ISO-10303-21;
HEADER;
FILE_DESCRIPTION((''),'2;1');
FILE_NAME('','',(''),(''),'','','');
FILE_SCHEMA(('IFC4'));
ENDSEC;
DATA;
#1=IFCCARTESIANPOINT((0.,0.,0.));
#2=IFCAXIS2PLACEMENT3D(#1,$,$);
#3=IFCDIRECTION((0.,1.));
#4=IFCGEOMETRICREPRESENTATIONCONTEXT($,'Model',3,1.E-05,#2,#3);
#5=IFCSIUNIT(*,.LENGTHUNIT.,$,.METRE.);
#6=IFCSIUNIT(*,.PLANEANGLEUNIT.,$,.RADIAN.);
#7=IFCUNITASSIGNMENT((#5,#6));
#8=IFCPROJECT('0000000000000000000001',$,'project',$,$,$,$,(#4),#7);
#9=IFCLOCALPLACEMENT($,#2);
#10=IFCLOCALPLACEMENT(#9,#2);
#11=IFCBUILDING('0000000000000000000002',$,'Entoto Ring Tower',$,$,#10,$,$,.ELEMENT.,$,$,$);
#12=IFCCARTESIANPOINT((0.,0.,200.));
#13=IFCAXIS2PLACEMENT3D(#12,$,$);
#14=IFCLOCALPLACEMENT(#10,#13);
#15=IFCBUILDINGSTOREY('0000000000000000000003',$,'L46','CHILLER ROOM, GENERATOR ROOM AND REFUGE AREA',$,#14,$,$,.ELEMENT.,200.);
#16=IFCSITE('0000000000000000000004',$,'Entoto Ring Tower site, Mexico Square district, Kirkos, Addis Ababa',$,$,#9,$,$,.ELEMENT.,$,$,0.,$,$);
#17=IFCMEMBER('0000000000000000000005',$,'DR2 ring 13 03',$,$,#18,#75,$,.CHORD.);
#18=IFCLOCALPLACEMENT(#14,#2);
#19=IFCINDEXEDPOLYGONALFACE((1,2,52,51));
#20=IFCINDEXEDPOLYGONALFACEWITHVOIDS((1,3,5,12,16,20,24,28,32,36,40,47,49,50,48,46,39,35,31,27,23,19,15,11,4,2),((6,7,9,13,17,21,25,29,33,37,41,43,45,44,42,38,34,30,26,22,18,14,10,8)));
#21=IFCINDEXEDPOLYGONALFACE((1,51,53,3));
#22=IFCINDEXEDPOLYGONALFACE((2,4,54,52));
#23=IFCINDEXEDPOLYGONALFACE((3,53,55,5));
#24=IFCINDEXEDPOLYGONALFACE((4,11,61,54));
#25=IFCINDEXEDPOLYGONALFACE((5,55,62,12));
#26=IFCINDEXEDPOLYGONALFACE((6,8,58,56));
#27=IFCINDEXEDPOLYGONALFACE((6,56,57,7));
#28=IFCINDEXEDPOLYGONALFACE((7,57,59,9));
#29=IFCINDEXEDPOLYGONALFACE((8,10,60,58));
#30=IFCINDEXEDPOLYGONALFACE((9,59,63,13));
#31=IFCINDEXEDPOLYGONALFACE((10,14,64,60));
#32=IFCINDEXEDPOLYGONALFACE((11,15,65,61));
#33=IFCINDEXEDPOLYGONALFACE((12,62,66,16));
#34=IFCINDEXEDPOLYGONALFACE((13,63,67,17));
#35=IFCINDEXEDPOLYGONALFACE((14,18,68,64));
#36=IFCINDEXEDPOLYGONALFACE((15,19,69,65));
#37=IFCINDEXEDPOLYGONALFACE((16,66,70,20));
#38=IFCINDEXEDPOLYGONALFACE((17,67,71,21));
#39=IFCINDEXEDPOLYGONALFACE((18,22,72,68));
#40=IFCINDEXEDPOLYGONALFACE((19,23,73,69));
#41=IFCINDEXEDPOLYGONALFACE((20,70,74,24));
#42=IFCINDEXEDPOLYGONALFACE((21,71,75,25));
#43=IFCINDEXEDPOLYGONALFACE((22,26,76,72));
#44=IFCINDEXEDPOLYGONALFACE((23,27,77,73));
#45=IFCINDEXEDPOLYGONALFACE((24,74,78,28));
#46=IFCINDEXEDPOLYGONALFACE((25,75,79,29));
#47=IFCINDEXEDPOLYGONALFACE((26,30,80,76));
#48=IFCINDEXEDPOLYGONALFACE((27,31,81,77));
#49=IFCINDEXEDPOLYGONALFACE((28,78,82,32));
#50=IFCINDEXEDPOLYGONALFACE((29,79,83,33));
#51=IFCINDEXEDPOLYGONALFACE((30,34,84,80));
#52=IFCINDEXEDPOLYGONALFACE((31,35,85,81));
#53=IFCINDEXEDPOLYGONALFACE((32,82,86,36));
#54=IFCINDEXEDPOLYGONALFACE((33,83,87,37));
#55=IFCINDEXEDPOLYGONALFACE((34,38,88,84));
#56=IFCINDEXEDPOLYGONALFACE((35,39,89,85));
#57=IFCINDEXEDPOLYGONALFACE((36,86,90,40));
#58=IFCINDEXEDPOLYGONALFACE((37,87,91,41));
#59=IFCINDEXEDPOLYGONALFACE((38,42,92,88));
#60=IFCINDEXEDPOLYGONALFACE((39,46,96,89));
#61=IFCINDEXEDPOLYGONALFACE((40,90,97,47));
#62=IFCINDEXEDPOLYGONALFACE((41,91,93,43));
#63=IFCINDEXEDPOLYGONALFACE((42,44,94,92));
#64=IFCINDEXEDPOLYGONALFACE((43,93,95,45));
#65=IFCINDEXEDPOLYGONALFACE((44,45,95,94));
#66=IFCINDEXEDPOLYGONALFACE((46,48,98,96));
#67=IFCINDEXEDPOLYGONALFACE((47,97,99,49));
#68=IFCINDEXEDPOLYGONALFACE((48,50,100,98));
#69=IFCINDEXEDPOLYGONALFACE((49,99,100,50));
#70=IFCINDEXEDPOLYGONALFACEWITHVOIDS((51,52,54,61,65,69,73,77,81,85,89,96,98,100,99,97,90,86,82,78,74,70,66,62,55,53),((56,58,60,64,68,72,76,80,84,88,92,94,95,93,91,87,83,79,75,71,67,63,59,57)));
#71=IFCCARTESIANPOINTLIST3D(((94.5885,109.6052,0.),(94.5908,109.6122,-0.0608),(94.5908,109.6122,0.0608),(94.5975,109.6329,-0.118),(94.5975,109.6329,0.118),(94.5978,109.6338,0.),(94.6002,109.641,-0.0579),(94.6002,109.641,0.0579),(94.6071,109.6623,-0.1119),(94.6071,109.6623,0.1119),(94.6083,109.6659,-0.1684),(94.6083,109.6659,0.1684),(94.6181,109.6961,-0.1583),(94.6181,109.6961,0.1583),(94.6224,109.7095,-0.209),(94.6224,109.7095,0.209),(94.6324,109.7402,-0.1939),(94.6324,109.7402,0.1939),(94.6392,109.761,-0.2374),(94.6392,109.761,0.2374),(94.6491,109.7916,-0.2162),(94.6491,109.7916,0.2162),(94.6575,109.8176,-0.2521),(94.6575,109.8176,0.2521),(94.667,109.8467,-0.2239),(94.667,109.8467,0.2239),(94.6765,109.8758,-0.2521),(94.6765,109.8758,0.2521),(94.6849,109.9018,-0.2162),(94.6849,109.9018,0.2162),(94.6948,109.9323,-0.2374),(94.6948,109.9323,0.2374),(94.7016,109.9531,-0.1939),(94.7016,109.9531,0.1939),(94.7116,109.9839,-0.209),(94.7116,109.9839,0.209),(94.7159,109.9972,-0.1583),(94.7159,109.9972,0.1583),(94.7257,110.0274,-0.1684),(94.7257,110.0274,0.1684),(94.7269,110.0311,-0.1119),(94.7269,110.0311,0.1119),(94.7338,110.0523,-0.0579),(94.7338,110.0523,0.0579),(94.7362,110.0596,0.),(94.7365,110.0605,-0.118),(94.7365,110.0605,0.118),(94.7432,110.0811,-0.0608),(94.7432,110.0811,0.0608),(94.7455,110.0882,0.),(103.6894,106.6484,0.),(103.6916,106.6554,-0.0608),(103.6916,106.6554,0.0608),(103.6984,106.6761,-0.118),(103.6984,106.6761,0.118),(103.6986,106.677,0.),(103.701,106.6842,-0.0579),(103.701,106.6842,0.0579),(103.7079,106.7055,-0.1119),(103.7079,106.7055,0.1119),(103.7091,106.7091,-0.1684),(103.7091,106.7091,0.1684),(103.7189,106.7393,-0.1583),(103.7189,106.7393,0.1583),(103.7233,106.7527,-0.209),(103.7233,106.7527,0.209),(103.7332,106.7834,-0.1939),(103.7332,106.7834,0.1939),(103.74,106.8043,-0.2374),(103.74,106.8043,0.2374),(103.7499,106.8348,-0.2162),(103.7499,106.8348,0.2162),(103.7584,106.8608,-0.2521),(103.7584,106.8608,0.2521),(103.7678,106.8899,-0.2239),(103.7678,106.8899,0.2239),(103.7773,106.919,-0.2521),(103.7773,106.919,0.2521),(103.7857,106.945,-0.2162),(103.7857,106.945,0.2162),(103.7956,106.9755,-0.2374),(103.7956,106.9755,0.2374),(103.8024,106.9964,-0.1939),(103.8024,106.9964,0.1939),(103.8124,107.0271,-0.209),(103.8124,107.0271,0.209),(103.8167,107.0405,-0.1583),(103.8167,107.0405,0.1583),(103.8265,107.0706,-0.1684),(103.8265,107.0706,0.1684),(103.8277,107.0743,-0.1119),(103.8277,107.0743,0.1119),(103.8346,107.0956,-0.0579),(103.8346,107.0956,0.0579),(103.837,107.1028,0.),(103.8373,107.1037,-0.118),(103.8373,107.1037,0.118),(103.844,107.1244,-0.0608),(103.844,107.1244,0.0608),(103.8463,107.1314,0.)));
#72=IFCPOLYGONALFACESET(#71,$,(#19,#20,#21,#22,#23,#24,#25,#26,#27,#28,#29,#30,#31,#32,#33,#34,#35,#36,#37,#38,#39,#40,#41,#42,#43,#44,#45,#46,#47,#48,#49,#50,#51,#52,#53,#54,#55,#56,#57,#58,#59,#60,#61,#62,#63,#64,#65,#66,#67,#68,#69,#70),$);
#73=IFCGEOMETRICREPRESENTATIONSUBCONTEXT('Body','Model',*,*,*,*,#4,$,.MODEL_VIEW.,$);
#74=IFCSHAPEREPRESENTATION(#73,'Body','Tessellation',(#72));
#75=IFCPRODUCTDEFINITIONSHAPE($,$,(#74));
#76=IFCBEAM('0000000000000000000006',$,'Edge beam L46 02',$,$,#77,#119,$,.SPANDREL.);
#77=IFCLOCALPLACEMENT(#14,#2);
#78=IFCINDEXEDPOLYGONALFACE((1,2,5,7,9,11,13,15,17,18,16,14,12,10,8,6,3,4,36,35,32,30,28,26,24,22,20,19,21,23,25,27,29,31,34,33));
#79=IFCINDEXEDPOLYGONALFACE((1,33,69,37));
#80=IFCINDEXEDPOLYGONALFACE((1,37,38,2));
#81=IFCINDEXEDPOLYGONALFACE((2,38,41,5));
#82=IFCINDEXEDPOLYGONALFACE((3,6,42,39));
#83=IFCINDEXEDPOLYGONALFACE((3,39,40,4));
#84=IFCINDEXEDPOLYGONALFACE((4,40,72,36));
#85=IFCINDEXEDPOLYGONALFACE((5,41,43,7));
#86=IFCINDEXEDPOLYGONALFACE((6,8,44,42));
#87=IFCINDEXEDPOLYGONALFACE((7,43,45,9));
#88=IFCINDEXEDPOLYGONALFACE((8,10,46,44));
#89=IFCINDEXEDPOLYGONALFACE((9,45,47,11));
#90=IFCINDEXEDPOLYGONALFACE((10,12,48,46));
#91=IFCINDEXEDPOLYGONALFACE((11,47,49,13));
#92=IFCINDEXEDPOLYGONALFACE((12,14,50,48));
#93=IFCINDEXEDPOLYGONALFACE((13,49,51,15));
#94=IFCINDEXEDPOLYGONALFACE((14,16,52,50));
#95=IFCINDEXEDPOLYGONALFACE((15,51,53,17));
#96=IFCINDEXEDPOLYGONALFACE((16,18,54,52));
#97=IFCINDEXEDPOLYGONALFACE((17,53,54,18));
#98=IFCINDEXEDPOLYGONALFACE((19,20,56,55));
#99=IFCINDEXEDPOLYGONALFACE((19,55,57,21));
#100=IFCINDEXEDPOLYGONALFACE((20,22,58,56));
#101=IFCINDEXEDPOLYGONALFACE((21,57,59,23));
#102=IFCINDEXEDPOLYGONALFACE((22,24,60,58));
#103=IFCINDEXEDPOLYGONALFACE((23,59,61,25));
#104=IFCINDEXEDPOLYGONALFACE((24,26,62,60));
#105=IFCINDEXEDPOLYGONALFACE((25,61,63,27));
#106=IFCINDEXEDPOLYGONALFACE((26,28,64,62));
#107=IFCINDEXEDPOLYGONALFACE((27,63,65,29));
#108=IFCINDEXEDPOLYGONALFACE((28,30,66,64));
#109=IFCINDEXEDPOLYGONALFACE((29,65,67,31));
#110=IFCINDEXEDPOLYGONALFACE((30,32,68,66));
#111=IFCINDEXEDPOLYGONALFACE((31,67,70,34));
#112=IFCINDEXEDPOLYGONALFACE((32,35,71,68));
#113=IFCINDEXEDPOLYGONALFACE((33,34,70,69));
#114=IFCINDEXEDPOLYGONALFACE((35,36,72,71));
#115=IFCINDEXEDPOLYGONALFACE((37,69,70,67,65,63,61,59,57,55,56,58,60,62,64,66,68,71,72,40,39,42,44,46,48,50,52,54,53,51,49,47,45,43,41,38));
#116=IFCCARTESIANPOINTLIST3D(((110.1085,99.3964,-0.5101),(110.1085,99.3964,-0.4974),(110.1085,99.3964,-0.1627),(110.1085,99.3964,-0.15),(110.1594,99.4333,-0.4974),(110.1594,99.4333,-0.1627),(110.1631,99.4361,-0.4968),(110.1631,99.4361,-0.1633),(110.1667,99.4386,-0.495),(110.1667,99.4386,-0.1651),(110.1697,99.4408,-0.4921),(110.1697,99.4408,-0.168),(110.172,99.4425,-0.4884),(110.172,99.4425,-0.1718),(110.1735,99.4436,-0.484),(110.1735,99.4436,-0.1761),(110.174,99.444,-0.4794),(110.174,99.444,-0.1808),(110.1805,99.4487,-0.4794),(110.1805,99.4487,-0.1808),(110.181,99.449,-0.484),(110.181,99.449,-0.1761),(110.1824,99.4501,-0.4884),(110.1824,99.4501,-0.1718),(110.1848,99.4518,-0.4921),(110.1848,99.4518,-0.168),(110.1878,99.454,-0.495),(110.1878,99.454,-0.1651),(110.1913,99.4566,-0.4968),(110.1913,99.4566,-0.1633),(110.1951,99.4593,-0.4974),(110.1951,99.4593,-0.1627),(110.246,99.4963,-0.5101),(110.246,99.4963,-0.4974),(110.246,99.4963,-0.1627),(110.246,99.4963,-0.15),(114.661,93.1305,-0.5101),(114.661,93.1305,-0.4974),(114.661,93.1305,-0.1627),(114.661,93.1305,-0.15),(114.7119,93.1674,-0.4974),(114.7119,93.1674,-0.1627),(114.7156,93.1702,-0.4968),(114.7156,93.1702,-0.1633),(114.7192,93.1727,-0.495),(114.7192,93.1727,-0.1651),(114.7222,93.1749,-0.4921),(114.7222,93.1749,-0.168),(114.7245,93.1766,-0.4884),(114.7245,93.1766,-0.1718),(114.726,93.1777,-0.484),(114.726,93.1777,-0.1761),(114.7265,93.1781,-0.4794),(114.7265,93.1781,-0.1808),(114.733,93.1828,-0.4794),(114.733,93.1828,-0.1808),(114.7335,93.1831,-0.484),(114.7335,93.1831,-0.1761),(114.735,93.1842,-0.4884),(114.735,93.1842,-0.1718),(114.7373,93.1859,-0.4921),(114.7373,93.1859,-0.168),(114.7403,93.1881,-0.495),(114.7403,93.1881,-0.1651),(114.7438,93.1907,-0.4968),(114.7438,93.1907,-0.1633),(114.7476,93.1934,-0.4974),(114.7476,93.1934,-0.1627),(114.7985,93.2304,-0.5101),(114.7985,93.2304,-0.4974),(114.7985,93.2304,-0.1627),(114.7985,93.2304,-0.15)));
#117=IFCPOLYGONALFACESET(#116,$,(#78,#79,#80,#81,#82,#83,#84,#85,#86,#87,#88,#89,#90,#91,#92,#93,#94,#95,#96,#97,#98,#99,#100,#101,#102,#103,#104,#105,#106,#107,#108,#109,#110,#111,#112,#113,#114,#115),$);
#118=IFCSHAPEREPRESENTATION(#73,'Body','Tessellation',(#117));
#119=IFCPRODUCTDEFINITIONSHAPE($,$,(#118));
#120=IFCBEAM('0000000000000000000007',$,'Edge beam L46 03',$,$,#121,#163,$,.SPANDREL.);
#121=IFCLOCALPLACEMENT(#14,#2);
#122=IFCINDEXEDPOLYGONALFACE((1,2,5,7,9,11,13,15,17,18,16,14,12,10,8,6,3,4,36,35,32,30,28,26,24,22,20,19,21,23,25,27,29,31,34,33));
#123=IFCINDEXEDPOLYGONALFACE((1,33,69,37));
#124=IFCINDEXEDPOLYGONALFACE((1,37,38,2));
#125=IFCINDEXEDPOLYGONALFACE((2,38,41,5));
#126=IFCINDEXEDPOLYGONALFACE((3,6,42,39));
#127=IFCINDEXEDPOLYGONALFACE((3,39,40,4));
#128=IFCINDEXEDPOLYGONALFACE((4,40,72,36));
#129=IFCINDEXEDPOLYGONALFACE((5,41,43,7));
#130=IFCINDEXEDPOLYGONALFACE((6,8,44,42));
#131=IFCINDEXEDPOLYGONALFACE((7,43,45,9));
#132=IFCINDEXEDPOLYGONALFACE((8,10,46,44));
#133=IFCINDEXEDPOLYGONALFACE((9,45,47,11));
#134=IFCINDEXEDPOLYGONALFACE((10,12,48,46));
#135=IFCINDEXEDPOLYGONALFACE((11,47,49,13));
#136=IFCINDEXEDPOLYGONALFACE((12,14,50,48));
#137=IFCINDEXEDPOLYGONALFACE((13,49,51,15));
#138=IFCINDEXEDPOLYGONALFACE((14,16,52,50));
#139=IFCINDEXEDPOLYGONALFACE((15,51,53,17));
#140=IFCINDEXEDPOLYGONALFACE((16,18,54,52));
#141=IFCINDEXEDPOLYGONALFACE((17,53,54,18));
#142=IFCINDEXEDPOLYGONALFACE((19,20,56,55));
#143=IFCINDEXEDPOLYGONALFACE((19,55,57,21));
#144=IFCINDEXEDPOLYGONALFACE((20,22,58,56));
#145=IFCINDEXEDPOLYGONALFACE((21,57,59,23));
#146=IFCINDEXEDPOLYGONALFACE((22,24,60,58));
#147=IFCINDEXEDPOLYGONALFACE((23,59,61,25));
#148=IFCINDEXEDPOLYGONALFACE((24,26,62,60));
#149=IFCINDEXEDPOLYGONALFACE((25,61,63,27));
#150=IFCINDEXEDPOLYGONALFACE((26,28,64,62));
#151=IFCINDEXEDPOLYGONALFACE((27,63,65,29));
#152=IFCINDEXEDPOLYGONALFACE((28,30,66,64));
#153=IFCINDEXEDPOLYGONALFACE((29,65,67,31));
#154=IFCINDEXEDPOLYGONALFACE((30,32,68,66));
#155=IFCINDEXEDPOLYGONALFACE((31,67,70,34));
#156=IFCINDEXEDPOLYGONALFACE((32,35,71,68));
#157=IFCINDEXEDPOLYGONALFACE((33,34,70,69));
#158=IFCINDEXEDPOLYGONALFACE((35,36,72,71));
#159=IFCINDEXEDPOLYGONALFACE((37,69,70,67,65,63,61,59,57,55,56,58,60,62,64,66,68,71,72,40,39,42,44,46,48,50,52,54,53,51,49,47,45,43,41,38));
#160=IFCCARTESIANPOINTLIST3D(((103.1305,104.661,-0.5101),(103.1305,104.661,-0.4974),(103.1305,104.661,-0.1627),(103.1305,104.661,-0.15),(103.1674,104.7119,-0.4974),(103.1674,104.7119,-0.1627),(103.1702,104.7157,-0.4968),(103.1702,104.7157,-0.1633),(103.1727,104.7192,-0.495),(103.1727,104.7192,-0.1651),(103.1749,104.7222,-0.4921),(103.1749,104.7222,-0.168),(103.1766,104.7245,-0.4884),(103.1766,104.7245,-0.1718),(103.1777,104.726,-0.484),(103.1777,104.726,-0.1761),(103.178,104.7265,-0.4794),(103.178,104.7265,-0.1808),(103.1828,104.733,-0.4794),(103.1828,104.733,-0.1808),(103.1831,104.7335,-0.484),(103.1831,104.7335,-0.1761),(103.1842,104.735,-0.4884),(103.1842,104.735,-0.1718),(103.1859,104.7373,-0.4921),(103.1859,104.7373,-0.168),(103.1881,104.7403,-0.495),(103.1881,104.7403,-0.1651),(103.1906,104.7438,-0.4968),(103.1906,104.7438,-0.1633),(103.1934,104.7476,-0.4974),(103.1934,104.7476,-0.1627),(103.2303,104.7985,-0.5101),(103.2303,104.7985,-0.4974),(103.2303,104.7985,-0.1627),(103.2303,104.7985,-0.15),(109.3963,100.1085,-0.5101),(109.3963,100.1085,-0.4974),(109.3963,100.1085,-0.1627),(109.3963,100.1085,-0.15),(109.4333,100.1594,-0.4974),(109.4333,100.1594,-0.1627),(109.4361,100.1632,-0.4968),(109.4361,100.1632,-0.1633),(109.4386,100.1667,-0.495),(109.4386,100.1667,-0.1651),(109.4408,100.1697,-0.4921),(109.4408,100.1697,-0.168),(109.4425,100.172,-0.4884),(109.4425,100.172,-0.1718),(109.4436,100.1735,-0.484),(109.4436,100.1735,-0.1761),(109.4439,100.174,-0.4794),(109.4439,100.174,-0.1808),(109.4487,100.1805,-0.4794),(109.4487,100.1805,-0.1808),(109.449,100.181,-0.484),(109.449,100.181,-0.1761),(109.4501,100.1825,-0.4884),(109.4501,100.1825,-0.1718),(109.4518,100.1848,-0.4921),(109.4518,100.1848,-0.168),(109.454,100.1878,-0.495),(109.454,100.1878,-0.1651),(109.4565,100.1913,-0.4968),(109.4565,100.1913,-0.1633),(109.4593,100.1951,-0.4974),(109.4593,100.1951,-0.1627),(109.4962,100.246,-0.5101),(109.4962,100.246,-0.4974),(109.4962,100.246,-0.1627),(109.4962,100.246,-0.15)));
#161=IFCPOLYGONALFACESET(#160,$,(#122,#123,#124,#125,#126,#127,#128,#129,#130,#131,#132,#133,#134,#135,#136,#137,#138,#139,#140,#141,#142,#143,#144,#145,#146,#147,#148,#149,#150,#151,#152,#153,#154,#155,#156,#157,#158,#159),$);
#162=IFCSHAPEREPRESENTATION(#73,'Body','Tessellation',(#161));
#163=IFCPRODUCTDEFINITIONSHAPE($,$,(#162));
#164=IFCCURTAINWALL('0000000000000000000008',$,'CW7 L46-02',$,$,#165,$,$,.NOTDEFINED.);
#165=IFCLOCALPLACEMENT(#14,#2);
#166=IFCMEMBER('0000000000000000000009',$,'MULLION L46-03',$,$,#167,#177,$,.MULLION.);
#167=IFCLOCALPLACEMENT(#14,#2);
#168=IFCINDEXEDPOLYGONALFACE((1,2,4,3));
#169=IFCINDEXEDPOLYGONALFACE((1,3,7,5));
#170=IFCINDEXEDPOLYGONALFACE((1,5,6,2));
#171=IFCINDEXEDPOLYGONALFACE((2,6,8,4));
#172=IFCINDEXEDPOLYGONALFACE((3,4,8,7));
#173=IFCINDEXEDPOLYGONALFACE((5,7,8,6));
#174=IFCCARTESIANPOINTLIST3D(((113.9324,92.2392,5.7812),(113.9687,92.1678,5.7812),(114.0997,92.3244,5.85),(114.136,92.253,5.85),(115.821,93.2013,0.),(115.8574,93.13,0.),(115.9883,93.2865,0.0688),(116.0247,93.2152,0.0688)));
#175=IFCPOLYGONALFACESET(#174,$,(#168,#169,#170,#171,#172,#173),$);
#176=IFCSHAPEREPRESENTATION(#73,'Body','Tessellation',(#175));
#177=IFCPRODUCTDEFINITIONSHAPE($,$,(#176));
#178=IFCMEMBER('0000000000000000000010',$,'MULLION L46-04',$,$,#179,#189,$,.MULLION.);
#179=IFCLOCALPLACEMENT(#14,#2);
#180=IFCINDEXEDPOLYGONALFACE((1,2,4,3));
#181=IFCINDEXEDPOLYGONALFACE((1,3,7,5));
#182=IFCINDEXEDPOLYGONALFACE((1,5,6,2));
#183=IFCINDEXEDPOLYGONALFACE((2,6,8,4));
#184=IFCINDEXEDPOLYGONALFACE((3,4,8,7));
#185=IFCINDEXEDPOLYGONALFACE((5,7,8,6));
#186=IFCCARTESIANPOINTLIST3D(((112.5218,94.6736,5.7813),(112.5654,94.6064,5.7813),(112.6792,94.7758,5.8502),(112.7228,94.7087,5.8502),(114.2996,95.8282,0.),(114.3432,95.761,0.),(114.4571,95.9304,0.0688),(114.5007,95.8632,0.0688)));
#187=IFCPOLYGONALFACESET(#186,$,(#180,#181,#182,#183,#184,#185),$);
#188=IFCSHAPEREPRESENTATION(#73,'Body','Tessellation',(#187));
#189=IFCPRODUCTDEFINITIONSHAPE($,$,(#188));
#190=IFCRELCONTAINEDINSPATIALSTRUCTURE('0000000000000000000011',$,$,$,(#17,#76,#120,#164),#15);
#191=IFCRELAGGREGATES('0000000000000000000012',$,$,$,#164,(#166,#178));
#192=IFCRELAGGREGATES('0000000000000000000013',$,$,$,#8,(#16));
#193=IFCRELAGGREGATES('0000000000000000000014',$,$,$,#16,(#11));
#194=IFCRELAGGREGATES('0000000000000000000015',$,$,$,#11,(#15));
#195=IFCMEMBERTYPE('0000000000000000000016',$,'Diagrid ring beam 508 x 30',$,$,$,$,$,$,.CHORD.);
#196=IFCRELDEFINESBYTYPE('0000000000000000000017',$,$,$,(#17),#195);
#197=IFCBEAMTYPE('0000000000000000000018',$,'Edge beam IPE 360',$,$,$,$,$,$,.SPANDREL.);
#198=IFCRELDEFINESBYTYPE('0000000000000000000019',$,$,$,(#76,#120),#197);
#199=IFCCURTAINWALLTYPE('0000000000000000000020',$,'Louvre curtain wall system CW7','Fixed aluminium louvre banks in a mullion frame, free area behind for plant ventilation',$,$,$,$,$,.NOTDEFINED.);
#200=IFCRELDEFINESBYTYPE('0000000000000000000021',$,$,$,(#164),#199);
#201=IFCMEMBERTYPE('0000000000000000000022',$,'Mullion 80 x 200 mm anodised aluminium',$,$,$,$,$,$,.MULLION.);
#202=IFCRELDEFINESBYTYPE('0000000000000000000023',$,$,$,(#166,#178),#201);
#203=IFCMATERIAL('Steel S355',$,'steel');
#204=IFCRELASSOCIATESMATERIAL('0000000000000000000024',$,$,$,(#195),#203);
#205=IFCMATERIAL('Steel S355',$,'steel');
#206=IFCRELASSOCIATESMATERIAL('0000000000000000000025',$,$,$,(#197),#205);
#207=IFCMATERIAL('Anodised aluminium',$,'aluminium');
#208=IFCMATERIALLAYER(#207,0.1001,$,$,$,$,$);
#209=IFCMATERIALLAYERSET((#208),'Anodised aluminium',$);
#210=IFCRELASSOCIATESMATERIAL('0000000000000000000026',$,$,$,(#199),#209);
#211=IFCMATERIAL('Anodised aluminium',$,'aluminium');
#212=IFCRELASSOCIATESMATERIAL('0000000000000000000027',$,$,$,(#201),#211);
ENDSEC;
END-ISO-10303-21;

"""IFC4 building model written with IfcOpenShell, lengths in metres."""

from ifc_helpers import new_model, si_unit, direction, frame, origin, origin_2d, place, context, subcontext, project, spatial, rectangle, circle, hollow_circle, i_section, extrude, material, layer, layer_set, material_profile, profile_set, type_object, element, aggregate, save


model = new_model("IFC4")

# Units and contexts
model_context = context("Model", 3, precision=1e-05, world=origin(), true_north=direction((0.0, 1.0)))
body_context = subcontext(model_context, "Body", "Model", "MODEL_VIEW")
ifc_project = project(units=[si_unit("LENGTHUNIT", "METRE"), si_unit("PLANEANGLEUNIT", "RADIAN")], contexts=[model_context])

# Site, building, storey
site_placement = place(None, origin())
site = spatial("IfcSite", under=ifc_project, at=site_placement, Name="Entoto Ring Tower site, Mexico Square district, Kirkos, Addis Ababa", CompositionType="ELEMENT", RefElevation=0.0)
building_placement = place(site_placement, origin())
building = spatial("IfcBuilding", under=site, at=building_placement, Name="Entoto Ring Tower", CompositionType="ELEMENT")
storey_placement = place(building_placement, frame((0.0, 0.0, 200.0)))
storey = spatial("IfcBuildingStorey", under=building, at=storey_placement, Name="L46", Description="CHILLER ROOM, GENERATOR ROOM AND REFUGE AREA", CompositionType="ELEMENT", Elevation=200.0)

# Member
ifc_material_1 = material(Name="Steel S355", Category="steel")
ifc_material_profile_1 = material_profile(ifc_material_1, hollow_circle(Radius=0.2539, WallThickness=0.03, at=origin_2d()), Name="CHS 508 x 30")
ifc_material_2 = material(Name="Concrete C60/75", Category="concrete")
ifc_material_profile_2 = material_profile(ifc_material_2, circle(Radius=0.2241, at=origin_2d()), Name="Concrete C60/75 infill")
ifc_profile_set_1 = profile_set([ifc_material_profile_1, ifc_material_profile_2], Name="Steel S355")
member_type_1 = type_object("IfcMemberType", Name="Diagrid ring beam 508 x 30", PredefinedType="CHORD", material=ifc_profile_set_1)
for number, where, z_axis, x_axis, name in (
    (1, (103.7678, 106.8899, 0.0), (-0.951064, 0.308993, 0.0), (-0.308993, -0.951064, 0.0), "DR2 ring 13 03"),
):
    element("IfcMember", number, at=place(storey_placement, frame(where, z_axis=z_axis, x_axis=x_axis)), inside=storey, type_object=member_type_1, Name=name, PredefinedType="CHORD", context=body_context, shape_type="SweptSolid", body=[
        extrude(hollow_circle(Radius=0.2539, WallThickness=0.03, at=origin_2d()), origin(), (0.0, 0.0, 1.0), 9.5691),
    ])

# Beams
ifc_material_3 = material(Name="Steel S355", Category="steel")
ifc_material_profile_3 = material_profile(ifc_material_3, i_section(OverallWidth=0.1699, OverallDepth=0.3601, WebThickness=0.0081, FlangeThickness=0.0127, FilletRadius=0.0181, at=origin_2d()), Name="IPE 360")
ifc_profile_set_2 = profile_set([ifc_material_profile_3], Name="Steel S355")
beam_type = type_object("IfcBeamType", Name="Edge beam IPE 360", PredefinedType="SPANDREL", material=ifc_profile_set_2)
for number, where, z_axis, x_axis, name in (
    (2, (114.7297, 93.1804, -0.3301), (-0.587791, 0.809013, 0.0), (-0.809013, -0.587791, 0.0), "Edge beam L46 02"),
    (3, (109.4463, 100.1772, -0.3301), (-0.809013, 0.587791, 0.0), (-0.587791, -0.809013, 0.0), "Edge beam L46 03"),
):
    element("IfcBeam", number, at=place(storey_placement, frame(where, z_axis=z_axis, x_axis=x_axis)), inside=storey, type_object=beam_type, Name=name, PredefinedType="SPANDREL", context=body_context, shape_type="SweptSolid", body=[
        extrude(i_section(OverallWidth=0.1699, OverallDepth=0.3601, WebThickness=0.0081, FlangeThickness=0.0127, FilletRadius=0.0181, at=origin_2d()), origin(), (0.0, 0.0, 1.0), 7.7451),
    ])

# Curtain wall, members
ifc_material_4 = material(Name="Anodised aluminium", Category="aluminium")
ifc_layer_1 = layer(ifc_material_4, 0.1001)
ifc_layer_set_1 = layer_set([ifc_layer_1], Name="Anodised aluminium")
curtain_wall_type = type_object("IfcCurtainWallType", Name="Louvre curtain wall system CW7", Description="Fixed aluminium louvre banks in a mullion frame, free area behind for plant ventilation", PredefinedType="NOTDEFINED", material=ifc_layer_set_1)
curtain_wall_1_placement = place(storey_placement, origin())
curtain_wall_1 = element("IfcCurtainWall", 4, at=curtain_wall_1_placement, inside=storey, type_object=curtain_wall_type, Name="CW7 L46-02", PredefinedType="NOTDEFINED")
ifc_material_5 = material(Name="Anodised aluminium", Category="aluminium")
ifc_material_profile_4 = material_profile(ifc_material_5, rectangle(XDim=0.0801, YDim=0.2, at=origin_2d()), Name="Mullion 80 x 200 mm anodised aluminium")
ifc_profile_set_3 = profile_set([ifc_material_profile_4], Name="Anodised aluminium")
member_type_2 = type_object("IfcMemberType", Name="Mullion 80 x 200 mm anodised aluminium", PredefinedType="MULLION", material=ifc_profile_set_3)
member_1_placement = place(storey_placement, frame((115.9229, 93.2083, 0.0344), z_axis=(-0.306724, -0.156256, 0.938885), x_axis=(0.453928, -0.891039, 0.0)))
member_1 = element("IfcMember", 5, at=member_1_placement, type_object=member_type_2, Name="MULLION L46-03", PredefinedType="MULLION", context=body_context, shape_type="SweptSolid", body=[
    extrude(rectangle(XDim=0.0801, YDim=0.2, at=origin_2d()), origin(), (0.0, 0.0, 1.0), 6.1575),
])
member_2_placement = place(storey_placement, frame((114.4001, 95.8457, 0.0344), z_axis=(-0.28872, -0.187497, 0.938875), x_axis=(0.54464, -0.83867, 0.0)))
member_2 = element("IfcMember", 6, at=member_2_placement, type_object=member_type_2, Name="MULLION L46-04", PredefinedType="MULLION", context=body_context, shape_type="SweptSolid", body=[
    extrude(rectangle(XDim=0.0801, YDim=0.2, at=origin_2d()), origin(), (0.0, 0.0, 1.0), 6.1577),
])
aggregate(curtain_wall_1, [member_1, member_2])

save(model, "model.ifc")
